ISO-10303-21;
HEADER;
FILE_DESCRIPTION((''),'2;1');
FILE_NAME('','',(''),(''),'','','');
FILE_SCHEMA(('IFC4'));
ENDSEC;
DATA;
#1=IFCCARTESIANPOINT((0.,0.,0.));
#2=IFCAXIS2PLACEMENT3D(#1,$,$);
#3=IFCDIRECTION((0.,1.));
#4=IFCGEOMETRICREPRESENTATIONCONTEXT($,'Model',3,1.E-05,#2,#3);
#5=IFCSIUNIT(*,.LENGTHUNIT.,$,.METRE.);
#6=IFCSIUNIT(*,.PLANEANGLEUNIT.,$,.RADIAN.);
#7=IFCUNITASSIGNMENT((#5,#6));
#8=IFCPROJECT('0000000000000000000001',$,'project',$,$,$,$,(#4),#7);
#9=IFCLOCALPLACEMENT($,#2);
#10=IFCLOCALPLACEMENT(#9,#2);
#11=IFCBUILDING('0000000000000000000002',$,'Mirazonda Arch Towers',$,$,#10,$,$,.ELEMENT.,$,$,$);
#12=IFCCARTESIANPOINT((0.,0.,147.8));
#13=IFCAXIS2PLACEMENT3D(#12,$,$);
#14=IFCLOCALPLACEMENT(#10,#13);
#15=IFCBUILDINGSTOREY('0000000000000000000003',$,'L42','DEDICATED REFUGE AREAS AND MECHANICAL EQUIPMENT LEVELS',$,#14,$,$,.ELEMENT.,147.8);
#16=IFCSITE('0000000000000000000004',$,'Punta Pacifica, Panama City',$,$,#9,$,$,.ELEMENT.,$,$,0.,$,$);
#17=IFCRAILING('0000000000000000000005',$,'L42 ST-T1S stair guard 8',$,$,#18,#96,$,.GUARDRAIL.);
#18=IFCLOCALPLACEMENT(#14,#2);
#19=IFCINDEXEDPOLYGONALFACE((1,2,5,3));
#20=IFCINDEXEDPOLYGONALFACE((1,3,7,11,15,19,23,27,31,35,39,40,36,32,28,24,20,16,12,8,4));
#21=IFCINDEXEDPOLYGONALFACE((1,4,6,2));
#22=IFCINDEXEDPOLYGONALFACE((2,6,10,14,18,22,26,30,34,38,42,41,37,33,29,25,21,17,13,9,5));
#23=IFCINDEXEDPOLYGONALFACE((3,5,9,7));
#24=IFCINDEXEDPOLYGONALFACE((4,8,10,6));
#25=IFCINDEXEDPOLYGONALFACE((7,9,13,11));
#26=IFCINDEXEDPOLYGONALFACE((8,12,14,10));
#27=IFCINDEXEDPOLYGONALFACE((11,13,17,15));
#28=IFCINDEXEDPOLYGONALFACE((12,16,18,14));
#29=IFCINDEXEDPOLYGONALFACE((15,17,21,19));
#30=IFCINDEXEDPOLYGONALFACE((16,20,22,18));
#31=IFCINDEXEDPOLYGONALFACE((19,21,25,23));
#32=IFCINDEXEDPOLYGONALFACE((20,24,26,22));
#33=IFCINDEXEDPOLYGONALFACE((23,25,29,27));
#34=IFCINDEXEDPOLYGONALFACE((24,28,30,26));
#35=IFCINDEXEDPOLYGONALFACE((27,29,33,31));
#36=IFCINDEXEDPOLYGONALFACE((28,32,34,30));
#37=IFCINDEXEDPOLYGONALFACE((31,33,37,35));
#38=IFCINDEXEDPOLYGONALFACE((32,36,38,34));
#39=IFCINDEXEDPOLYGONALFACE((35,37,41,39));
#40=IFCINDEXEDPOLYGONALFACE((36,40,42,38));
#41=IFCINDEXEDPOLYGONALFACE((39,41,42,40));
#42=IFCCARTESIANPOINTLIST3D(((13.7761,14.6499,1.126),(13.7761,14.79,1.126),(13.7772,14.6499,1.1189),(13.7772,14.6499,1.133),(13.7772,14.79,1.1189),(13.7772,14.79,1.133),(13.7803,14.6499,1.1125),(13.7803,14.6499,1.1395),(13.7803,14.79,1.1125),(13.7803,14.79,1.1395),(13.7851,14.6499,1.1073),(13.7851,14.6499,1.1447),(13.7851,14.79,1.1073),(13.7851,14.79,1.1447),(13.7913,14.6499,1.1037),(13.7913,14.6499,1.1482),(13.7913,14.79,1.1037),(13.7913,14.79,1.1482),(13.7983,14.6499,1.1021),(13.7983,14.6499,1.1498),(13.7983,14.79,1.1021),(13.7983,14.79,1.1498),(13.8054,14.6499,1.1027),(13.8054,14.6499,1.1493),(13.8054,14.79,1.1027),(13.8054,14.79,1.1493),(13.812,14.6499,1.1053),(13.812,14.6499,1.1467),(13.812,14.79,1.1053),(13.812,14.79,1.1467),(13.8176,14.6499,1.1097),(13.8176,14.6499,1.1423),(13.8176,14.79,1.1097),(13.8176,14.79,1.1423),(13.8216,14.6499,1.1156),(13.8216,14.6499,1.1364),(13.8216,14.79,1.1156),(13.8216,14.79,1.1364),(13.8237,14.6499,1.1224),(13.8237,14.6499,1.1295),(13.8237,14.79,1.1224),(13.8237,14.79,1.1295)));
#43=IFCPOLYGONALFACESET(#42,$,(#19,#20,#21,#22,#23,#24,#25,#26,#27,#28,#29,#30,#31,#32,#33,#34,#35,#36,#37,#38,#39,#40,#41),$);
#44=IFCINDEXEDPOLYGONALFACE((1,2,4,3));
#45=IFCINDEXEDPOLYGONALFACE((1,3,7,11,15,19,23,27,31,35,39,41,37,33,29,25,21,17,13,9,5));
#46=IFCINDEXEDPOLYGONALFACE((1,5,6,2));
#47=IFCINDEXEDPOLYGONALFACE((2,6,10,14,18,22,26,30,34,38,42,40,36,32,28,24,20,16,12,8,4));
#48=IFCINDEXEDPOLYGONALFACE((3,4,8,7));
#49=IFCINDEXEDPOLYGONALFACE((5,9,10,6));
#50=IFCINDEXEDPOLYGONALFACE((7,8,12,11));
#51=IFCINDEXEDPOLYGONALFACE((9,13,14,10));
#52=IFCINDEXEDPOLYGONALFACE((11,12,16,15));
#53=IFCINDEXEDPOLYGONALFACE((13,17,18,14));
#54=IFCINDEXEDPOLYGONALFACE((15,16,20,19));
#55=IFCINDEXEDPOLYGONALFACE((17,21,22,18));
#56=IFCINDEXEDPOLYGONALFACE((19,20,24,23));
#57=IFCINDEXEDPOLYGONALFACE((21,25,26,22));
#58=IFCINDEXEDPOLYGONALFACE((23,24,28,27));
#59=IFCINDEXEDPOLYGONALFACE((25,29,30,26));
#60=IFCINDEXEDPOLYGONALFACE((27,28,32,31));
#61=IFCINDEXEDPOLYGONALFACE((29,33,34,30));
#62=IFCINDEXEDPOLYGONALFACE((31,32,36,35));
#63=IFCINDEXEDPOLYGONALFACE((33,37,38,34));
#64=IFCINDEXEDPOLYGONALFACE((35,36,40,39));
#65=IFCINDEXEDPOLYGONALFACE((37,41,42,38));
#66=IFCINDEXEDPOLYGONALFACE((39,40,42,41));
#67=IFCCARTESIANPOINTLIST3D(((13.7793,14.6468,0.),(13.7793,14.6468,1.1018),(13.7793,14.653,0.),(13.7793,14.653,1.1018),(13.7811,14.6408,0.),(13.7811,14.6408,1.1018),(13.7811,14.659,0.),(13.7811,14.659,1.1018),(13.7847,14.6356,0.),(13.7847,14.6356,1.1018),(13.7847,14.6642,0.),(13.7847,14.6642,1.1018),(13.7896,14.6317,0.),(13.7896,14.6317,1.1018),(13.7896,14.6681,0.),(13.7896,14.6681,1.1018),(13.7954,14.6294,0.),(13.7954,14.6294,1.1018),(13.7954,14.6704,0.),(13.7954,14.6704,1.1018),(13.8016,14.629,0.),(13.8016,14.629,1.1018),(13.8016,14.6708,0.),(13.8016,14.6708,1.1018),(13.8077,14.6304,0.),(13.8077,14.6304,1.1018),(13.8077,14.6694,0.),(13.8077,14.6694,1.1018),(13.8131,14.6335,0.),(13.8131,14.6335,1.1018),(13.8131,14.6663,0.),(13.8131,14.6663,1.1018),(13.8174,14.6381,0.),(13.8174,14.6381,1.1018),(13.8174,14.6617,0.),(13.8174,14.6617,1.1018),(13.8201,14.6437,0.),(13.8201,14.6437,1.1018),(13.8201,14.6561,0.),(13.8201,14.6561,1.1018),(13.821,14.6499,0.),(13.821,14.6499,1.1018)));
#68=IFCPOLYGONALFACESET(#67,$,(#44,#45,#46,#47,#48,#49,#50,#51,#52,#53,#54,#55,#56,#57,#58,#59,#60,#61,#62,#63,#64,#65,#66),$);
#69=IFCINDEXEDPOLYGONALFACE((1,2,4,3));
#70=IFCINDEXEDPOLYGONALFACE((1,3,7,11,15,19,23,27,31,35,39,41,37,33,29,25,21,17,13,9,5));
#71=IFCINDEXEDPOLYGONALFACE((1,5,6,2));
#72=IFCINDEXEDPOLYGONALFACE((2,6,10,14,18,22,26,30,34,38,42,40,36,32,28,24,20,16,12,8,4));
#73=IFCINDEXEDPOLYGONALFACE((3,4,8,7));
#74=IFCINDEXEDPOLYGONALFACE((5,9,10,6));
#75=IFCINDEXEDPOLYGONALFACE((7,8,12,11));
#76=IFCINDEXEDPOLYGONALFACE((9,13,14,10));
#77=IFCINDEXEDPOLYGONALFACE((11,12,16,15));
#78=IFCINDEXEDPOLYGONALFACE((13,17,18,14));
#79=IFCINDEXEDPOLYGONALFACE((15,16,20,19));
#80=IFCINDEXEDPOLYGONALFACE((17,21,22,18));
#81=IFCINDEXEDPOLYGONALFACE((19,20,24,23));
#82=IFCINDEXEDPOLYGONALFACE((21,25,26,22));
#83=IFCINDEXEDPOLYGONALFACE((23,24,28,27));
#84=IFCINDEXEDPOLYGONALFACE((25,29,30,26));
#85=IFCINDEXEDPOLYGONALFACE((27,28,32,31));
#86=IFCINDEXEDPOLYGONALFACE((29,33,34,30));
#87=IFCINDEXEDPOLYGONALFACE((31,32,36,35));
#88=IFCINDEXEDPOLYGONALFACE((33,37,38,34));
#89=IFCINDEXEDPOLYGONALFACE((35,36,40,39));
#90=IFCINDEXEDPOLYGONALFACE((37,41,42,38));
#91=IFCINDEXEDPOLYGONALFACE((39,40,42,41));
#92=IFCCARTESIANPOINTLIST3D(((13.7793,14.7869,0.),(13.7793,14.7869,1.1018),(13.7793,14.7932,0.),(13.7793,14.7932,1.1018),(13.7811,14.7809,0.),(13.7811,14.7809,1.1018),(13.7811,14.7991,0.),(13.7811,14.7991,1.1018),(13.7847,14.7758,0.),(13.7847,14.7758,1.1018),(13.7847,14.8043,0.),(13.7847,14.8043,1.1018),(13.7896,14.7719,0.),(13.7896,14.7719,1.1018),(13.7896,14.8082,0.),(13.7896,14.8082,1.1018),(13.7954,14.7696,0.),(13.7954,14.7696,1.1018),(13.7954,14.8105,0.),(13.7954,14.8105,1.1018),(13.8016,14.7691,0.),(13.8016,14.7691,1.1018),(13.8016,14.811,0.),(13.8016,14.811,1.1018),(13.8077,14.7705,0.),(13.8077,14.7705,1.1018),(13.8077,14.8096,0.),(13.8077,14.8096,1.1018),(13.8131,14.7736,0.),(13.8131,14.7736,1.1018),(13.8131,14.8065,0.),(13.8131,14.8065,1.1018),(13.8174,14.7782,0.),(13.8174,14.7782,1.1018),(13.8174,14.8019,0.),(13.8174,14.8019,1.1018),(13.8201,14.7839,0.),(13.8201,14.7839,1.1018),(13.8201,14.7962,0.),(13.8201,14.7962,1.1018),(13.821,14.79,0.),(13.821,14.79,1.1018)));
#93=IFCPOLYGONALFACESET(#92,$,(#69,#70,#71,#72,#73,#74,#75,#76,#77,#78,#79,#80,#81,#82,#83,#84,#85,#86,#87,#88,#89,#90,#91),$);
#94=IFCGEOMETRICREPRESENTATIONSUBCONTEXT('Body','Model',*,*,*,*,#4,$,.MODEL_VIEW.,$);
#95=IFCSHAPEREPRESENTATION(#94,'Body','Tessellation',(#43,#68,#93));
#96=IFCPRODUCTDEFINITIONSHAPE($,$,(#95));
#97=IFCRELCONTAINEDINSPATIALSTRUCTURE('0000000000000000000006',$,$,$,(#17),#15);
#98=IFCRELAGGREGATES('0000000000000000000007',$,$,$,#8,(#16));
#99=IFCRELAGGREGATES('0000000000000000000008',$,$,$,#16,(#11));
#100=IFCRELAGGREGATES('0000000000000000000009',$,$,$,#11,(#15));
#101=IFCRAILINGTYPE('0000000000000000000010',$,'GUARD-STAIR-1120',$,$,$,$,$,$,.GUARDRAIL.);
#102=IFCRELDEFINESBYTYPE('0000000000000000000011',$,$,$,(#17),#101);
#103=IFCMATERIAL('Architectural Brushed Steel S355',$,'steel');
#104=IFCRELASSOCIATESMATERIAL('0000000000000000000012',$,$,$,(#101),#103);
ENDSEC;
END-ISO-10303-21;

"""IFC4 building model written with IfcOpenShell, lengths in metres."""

from ifc_helpers import new_model, si_unit, direction, frame, origin, origin_2d, place, context, subcontext, project, spatial, circle, extrude, material, type_object, element, save


model = new_model("IFC4")

# Units and contexts
model_context = context("Model", 3, precision=1e-05, world=origin(), true_north=direction((0.0, 1.0)))
body_context = subcontext(model_context, "Body", "Model", "MODEL_VIEW")
ifc_project = project(units=[si_unit("LENGTHUNIT", "METRE"), si_unit("PLANEANGLEUNIT", "RADIAN")], contexts=[model_context])

# Site, building, storey
site_placement = place(None, origin())
site = spatial("IfcSite", under=ifc_project, at=site_placement, Name="Punta Pacifica, Panama City", CompositionType="ELEMENT", RefElevation=0.0)
building_placement = place(site_placement, origin())
building = spatial("IfcBuilding", under=site, at=building_placement, Name="Mirazonda Arch Towers", CompositionType="ELEMENT")
storey_placement = place(building_placement, frame((0.0, 0.0, 147.8)))
storey = spatial("IfcBuildingStorey", under=building, at=storey_placement, Name="L42", Description="DEDICATED REFUGE AREAS AND MECHANICAL EQUIPMENT LEVELS", CompositionType="ELEMENT", Elevation=147.8)

# Shared definitions
ifc_material_1 = material(Name="Architectural Brushed Steel S355", Category="steel")

# Railing
railing_type_1 = type_object("IfcRailingType", Name="GUARD-STAIR-1120", PredefinedType="GUARDRAIL", material=ifc_material_1)
railing_1_placement = place(storey_placement, frame((13.8, 14.6499, 0.0)))
element("IfcRailing", 1, at=railing_1_placement, inside=storey, type_object=railing_type_1, Name="L42 ST-T1S stair guard 8", PredefinedType="GUARDRAIL", context=body_context, shape_type="SweptSolid", body=[
    extrude(circle(Radius=0.0239, at=origin_2d()), frame((0.0, 0.0, 1.126), z_axis=(0.0, 1.0, 0.0), x_axis=(-1.0, 0.0, 0.0)), (0.0, 0.0, 1.0), 0.1401),
    extrude(circle(Radius=0.021, at=origin_2d()), origin(), (0.0, 0.0, 1.0), 1.1018),
    extrude(circle(Radius=0.021, at=origin_2d()), frame((0.0, 0.1401, 0.0)), (0.0, 0.0, 1.0), 1.1018),
])

save(model, "model.ifc")
